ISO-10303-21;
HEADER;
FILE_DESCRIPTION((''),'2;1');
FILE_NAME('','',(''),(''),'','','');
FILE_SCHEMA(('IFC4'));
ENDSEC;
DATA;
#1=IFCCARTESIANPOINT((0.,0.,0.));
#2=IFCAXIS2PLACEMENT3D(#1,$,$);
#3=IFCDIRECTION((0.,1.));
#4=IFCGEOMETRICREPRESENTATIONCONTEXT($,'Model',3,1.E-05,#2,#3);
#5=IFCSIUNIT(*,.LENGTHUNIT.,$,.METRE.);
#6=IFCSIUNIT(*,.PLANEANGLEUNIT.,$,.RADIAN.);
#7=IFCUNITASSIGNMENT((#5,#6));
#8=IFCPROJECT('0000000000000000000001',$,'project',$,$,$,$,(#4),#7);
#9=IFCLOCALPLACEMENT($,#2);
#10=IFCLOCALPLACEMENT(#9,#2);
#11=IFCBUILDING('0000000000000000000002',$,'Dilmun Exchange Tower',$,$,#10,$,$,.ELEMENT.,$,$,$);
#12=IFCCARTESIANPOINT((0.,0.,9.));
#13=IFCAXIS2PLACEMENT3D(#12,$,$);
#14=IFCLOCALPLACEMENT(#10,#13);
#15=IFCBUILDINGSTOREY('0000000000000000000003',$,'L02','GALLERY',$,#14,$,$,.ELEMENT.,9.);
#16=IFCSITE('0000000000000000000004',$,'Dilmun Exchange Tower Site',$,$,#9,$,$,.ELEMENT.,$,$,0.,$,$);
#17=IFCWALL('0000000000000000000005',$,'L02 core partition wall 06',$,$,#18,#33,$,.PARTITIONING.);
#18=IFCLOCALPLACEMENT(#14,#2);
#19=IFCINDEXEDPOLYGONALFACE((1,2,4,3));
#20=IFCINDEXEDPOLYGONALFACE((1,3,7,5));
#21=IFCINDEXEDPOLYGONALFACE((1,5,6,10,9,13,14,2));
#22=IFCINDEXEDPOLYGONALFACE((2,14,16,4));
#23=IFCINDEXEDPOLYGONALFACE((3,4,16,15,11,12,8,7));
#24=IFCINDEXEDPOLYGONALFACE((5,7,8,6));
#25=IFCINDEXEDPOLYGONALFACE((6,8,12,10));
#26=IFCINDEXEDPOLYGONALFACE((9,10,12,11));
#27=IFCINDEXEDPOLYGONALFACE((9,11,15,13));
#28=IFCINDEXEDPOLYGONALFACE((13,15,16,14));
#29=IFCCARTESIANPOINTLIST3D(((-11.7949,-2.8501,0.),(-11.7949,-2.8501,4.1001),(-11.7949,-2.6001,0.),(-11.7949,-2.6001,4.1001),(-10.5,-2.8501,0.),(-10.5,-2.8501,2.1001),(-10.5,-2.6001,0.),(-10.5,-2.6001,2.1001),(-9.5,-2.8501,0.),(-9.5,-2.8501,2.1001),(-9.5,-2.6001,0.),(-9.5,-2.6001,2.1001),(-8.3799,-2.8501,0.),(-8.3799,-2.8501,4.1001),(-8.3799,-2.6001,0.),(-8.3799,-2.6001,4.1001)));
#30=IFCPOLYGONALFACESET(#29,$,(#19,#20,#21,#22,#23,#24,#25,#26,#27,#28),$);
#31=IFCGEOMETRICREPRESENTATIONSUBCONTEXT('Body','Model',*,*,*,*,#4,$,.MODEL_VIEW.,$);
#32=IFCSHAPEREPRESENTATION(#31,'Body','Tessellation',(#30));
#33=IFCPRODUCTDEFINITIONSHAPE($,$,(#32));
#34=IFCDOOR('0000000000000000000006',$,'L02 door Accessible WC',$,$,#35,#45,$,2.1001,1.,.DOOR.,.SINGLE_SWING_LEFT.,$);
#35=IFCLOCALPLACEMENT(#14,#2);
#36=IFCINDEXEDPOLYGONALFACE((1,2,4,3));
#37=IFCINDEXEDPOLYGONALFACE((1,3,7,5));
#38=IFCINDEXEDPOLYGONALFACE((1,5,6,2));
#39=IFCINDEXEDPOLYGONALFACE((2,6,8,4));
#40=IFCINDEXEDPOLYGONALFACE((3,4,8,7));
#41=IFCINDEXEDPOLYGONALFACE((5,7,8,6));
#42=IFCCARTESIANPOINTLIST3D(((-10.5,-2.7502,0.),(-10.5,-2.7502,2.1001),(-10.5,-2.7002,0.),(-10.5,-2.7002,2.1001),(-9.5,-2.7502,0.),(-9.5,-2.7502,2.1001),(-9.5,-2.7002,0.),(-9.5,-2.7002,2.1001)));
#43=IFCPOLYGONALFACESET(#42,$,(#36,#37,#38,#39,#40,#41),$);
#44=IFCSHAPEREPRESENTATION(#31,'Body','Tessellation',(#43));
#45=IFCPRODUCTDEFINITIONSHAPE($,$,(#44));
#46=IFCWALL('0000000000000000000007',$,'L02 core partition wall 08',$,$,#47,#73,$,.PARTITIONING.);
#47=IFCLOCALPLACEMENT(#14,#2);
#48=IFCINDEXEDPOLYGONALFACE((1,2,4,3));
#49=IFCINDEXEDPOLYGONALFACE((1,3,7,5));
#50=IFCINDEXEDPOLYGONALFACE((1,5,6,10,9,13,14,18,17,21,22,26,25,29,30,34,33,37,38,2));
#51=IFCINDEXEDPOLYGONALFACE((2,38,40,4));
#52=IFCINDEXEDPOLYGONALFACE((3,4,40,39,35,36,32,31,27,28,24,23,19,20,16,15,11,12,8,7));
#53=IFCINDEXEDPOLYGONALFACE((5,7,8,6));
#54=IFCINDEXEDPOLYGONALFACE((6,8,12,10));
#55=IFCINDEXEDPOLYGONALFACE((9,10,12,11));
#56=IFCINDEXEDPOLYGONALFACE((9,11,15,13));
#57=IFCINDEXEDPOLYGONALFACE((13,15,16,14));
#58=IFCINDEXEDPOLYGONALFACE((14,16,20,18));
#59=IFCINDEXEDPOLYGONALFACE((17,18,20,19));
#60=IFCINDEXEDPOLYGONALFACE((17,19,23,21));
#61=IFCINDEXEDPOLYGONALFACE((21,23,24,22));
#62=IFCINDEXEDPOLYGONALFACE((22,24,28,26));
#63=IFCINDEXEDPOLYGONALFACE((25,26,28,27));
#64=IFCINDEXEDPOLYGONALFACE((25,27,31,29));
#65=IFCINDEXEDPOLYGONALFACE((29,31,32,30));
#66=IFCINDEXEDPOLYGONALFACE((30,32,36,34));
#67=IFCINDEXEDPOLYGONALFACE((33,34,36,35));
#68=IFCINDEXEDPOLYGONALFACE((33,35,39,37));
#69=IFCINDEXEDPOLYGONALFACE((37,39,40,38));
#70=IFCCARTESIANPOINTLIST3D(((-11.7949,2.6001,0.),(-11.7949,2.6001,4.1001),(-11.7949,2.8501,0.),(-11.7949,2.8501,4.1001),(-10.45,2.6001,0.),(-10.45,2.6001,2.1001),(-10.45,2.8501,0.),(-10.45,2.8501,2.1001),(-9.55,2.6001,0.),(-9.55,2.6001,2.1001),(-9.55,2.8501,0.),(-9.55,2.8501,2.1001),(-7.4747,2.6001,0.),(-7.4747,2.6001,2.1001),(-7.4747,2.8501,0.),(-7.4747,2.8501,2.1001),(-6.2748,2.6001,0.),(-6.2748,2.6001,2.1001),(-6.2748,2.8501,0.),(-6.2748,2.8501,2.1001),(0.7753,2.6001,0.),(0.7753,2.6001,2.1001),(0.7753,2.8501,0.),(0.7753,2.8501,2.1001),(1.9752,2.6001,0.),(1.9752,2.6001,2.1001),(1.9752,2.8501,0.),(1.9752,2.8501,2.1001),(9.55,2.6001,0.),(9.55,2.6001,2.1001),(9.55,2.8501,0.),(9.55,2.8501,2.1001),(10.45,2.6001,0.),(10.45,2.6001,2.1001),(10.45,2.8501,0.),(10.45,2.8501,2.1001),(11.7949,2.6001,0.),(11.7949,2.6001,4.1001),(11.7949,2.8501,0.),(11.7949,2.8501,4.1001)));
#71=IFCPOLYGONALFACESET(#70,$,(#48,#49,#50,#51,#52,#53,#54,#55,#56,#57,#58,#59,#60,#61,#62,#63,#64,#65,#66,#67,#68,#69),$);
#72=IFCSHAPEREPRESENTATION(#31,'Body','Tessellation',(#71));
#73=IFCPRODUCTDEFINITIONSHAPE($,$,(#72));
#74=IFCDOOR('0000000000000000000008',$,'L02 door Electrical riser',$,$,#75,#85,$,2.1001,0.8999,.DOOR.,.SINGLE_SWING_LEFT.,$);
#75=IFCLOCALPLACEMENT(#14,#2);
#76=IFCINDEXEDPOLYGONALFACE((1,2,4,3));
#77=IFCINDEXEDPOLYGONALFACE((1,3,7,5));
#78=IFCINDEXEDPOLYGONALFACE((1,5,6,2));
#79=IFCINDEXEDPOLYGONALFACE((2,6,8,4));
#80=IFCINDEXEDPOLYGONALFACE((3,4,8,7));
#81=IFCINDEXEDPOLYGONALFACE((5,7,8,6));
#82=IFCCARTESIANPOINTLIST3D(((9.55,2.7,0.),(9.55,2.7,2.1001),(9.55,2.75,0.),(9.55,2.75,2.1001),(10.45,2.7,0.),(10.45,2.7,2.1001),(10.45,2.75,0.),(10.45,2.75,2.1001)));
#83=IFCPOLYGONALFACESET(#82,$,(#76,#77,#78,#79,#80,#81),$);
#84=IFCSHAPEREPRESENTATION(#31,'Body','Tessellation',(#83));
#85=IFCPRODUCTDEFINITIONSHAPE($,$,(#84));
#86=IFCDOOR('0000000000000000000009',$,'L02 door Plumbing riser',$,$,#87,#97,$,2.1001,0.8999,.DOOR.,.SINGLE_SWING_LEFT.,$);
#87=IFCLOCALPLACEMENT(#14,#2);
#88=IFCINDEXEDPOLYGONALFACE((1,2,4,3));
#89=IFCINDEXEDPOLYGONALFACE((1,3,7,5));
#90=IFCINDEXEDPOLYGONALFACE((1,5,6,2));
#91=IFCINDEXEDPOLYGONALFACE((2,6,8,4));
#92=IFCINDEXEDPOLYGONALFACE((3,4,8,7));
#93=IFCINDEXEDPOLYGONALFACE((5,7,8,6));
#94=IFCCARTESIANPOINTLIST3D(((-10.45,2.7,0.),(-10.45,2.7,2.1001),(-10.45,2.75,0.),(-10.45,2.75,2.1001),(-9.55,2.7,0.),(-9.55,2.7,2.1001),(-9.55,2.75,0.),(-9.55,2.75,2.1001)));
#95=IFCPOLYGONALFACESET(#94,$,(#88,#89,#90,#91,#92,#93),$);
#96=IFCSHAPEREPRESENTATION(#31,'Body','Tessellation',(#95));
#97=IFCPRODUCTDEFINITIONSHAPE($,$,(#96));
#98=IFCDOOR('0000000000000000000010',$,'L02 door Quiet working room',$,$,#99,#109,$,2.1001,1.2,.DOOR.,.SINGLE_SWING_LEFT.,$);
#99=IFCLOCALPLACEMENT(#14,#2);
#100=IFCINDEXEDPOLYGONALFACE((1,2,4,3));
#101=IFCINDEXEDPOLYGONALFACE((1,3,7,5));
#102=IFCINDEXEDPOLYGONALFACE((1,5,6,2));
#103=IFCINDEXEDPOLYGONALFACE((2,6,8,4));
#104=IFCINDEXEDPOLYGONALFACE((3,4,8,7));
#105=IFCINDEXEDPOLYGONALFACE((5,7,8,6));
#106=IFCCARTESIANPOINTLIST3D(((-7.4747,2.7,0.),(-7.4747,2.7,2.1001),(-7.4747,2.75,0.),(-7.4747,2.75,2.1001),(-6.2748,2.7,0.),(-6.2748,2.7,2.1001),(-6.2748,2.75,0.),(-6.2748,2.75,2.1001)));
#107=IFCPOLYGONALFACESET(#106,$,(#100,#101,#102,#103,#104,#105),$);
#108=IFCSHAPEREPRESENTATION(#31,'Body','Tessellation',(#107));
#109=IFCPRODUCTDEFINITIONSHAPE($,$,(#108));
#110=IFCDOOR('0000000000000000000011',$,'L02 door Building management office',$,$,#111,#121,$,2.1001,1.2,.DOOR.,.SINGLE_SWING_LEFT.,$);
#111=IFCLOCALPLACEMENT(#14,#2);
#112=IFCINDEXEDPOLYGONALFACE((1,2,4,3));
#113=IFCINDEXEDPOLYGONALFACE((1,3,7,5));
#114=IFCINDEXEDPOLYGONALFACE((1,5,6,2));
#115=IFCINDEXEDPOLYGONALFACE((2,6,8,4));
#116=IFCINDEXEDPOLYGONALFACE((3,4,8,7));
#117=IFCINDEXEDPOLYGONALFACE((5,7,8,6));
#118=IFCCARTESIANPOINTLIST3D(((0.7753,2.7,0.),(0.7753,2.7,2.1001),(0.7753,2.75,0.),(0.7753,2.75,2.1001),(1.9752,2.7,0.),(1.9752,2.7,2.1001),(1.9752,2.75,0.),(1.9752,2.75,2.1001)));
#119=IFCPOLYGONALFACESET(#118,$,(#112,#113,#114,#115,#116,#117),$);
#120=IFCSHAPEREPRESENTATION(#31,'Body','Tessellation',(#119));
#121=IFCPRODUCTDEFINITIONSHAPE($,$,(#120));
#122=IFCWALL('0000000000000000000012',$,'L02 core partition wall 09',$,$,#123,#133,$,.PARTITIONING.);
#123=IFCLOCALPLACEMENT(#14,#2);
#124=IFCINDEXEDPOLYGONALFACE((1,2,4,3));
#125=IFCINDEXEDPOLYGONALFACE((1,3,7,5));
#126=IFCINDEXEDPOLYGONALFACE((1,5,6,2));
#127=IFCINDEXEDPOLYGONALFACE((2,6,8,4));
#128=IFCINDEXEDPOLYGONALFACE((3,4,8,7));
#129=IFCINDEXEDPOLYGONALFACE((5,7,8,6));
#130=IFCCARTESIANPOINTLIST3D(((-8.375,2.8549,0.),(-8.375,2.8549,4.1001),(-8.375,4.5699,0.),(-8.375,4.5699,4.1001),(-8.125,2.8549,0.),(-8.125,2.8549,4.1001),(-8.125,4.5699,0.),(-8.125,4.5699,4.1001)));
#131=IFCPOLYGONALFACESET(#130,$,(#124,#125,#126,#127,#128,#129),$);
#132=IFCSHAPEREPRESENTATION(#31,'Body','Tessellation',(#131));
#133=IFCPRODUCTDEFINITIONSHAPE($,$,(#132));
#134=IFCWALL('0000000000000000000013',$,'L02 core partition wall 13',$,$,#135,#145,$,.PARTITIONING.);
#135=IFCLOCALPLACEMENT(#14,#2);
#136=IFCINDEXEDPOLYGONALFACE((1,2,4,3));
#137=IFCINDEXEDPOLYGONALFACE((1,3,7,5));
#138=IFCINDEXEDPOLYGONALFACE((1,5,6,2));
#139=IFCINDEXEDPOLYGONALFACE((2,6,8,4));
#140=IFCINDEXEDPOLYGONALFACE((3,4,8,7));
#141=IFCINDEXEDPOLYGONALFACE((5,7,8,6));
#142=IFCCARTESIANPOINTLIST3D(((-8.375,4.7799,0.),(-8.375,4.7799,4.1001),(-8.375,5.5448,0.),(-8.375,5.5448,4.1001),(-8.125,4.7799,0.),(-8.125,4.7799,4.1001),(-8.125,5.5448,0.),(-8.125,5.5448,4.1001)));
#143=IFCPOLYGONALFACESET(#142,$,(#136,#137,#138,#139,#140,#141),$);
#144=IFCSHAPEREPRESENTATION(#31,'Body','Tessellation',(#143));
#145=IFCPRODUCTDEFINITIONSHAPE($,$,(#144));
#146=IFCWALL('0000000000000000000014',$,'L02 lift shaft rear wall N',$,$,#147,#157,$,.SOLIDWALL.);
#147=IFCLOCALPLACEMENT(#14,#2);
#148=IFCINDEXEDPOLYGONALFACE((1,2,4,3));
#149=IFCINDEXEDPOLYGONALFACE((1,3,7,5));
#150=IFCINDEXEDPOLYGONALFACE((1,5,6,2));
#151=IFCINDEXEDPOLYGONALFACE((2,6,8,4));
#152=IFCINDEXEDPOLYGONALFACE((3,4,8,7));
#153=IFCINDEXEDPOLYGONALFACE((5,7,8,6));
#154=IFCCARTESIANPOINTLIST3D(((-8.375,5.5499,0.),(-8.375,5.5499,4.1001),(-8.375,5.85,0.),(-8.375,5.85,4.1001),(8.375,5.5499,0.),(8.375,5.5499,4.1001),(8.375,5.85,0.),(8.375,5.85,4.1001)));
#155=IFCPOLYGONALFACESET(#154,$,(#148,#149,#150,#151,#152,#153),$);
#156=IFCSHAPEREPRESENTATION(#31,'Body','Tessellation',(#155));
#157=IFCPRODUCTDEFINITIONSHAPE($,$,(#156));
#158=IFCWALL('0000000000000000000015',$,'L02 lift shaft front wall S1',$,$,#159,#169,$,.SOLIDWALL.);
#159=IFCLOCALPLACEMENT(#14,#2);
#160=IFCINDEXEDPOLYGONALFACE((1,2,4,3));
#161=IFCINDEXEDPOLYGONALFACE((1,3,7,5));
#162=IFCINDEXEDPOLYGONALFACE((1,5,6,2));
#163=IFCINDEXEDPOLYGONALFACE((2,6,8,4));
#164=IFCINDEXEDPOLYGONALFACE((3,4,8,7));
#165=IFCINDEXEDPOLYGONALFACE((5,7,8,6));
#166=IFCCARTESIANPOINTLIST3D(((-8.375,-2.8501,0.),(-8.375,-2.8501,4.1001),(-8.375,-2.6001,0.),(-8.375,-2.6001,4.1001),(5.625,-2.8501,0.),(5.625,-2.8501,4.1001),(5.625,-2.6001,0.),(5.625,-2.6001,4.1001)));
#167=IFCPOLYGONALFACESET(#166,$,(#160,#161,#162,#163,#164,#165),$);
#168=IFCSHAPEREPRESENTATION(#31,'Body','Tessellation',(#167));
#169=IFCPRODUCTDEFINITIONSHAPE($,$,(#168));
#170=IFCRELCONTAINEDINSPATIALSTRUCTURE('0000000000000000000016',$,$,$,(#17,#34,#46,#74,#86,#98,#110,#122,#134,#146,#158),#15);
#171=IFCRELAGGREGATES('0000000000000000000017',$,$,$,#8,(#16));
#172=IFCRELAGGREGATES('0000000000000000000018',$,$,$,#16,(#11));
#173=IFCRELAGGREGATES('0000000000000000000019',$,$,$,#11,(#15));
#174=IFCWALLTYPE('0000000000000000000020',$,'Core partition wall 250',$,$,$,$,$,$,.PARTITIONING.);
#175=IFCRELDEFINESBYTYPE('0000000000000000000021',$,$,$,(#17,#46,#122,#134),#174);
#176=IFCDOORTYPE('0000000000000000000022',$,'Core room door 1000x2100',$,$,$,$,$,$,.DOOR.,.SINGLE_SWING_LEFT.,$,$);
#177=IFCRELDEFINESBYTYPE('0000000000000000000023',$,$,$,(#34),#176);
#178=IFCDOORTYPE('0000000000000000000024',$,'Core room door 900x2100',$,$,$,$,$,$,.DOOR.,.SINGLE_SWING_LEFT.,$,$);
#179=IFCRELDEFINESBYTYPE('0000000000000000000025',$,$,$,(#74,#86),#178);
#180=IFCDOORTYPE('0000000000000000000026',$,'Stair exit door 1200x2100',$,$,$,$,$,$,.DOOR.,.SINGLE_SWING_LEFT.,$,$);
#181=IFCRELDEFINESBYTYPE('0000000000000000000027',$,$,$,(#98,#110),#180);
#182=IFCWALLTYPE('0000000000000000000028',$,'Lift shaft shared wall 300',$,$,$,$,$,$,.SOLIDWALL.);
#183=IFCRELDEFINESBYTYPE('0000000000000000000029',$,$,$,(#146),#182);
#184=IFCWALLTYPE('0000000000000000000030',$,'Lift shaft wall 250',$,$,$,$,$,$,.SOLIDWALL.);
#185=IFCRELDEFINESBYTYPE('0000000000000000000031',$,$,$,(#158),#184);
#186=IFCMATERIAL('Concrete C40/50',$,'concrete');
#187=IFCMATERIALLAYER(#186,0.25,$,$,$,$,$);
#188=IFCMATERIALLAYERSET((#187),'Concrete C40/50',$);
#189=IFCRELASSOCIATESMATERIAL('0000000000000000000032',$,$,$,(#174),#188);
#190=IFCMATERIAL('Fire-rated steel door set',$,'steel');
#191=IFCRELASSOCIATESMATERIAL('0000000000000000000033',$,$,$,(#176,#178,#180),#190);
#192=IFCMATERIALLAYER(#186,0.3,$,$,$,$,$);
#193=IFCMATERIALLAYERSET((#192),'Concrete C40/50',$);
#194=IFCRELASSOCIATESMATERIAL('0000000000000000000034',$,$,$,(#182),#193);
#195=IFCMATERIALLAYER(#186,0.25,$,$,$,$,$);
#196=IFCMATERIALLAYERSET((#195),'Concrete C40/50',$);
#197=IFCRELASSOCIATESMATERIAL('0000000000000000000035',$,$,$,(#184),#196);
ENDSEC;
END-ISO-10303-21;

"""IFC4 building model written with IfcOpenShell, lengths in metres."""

from ifc_helpers import new_model, si_unit, direction, frame, frame_2d, origin, place, context, subcontext, project, spatial, rectangle, extrude, material, layer, layer_set, type_object, element, fill, save


model = new_model("IFC4")

# Units and contexts
model_context = context("Model", 3, precision=1e-05, world=origin(), true_north=direction((0.0, 1.0)))
body_context = subcontext(model_context, "Body", "Model", "MODEL_VIEW")
ifc_project = project(units=[si_unit("LENGTHUNIT", "METRE"), si_unit("PLANEANGLEUNIT", "RADIAN")], contexts=[model_context])

# Site, building, storey
site_placement = place(None, origin())
site = spatial("IfcSite", under=ifc_project, at=site_placement, Name="Dilmun Exchange Tower Site", CompositionType="ELEMENT", RefElevation=0.0)
building_placement = place(site_placement, origin())
building = spatial("IfcBuilding", under=site, at=building_placement, Name="Dilmun Exchange Tower", CompositionType="ELEMENT")
storey_placement = place(building_placement, frame((0.0, 0.0, 9.0)))
storey = spatial("IfcBuildingStorey", under=building, at=storey_placement, Name="L02", Description="GALLERY", CompositionType="ELEMENT", Elevation=9.0)

# Shared definitions
ifc_material_1 = material(Name="Concrete C40/50", Category="concrete")

# Wall, opening, door
ifc_layer_1 = layer(ifc_material_1, 0.25)
ifc_layer_set_1 = layer_set([ifc_layer_1], Name="Concrete C40/50")
wall_type_1 = type_object("IfcWallType", Name="Core partition wall 250", PredefinedType="PARTITIONING", material=ifc_layer_set_1)
wall_1_placement = place(storey_placement, frame((-11.7949, -2.7251, 0.0), z_axis=(0.0, 0.0, 1.0), x_axis=(1.0, 0.0, 0.0)))
wall_1 = element("IfcWall", 1, at=wall_1_placement, inside=storey, type_object=wall_type_1, Name="L02 core partition wall 06", PredefinedType="PARTITIONING", context=body_context, shape_type="SweptSolid", body=[
    extrude(rectangle(XDim=3.415, YDim=0.25, at=frame_2d((1.7075, 0.0))), origin(), (0.0, 0.0, 1.0), 4.1001),
])
opening_1_placement = place(wall_1_placement, frame((1.2949, 0.0, 0.0)))
opening_1 = element("IfcOpeningElement", 2, at=opening_1_placement, cuts=wall_1, PredefinedType="OPENING", context=body_context, shape_type="SweptSolid", body=[
    extrude(rectangle(XDim=1.0, YDim=2.1001, at=frame_2d((0.5, 1.05))), frame((0.0, 0.135, 0.0), z_axis=(0.0, -1.0, 0.0), x_axis=(1.0, 0.0, 0.0)), (0.0, 0.0, 1.0), 0.27),
])
ifc_material_2 = material(Name="Fire-rated steel door set", Category="steel")
door_type_1 = type_object("IfcDoorType", Name="Core room door 1000x2100", OperationType="SINGLE_SWING_LEFT", PredefinedType="DOOR", material=ifc_material_2)
door_1_placement = place(opening_1_placement, origin())
door_1 = element("IfcDoor", 3, at=door_1_placement, inside=storey, type_object=door_type_1, Name="L02 door Accessible WC", OperationType="SINGLE_SWING_LEFT", OverallHeight=2.1001, OverallWidth=1.0, PredefinedType="DOOR", context=body_context, shape_type="SweptSolid", body=[
    extrude(rectangle(XDim=1.0, YDim=2.1001, at=frame_2d((0.5, 1.05))), frame((0.0, 0.0249, 0.0), z_axis=(0.0, -1.0, 0.0), x_axis=(1.0, 0.0, 0.0)), (0.0, 0.0, 1.0), 0.05),
])
fill(opening_1, door_1)

# Wall, openings, doors
wall_2_placement = place(storey_placement, frame((-11.7949, 2.7251, 0.0), z_axis=(0.0, 0.0, 1.0), x_axis=(1.0, 0.0, 0.0)))
wall_2 = element("IfcWall", 4, at=wall_2_placement, inside=storey, type_object=wall_type_1, Name="L02 core partition wall 08", PredefinedType="PARTITIONING", context=body_context, shape_type="SweptSolid", body=[
    extrude(rectangle(XDim=23.5898, YDim=0.25, at=frame_2d((11.7949, 0.0))), origin(), (0.0, 0.0, 1.0), 4.1001),
])
opening_2_placement = place(wall_2_placement, frame((21.345, 0.0, 0.0)))
opening_2 = element("IfcOpeningElement", 5, at=opening_2_placement, cuts=wall_2, PredefinedType="OPENING", context=body_context, shape_type="SweptSolid", body=[
    extrude(rectangle(XDim=0.8999, YDim=2.1001, at=frame_2d((0.45, 1.05))), frame((0.0, 0.135, 0.0), z_axis=(0.0, -1.0, 0.0), x_axis=(1.0, 0.0, 0.0)), (0.0, 0.0, 1.0), 0.27),
])
opening_3_placement = place(wall_2_placement, frame((1.345, 0.0, 0.0)))
opening_3 = element("IfcOpeningElement", 6, at=opening_3_placement, cuts=wall_2, PredefinedType="OPENING", context=body_context, shape_type="SweptSolid", body=[
    extrude(rectangle(XDim=0.8999, YDim=2.1001, at=frame_2d((0.45, 1.05))), frame((0.0, 0.135, 0.0), z_axis=(0.0, -1.0, 0.0), x_axis=(1.0, 0.0, 0.0)), (0.0, 0.0, 1.0), 0.27),
])
opening_4_placement = place(wall_2_placement, frame((4.3201, 0.0, 0.0)))
opening_4 = element("IfcOpeningElement", 7, at=opening_4_placement, cuts=wall_2, PredefinedType="OPENING", context=body_context, shape_type="SweptSolid", body=[
    extrude(rectangle(XDim=1.2, YDim=2.1001, at=frame_2d((0.6001, 1.05))), frame((0.0, 0.135, 0.0), z_axis=(0.0, -1.0, 0.0), x_axis=(1.0, 0.0, 0.0)), (0.0, 0.0, 1.0), 0.27),
])
opening_5_placement = place(wall_2_placement, frame((12.5701, 0.0, 0.0)))
opening_5 = element("IfcOpeningElement", 8, at=opening_5_placement, cuts=wall_2, PredefinedType="OPENING", context=body_context, shape_type="SweptSolid", body=[
    extrude(rectangle(XDim=1.2, YDim=2.1001, at=frame_2d((0.6001, 1.05))), frame((0.0, 0.135, 0.0), z_axis=(0.0, -1.0, 0.0), x_axis=(1.0, 0.0, 0.0)), (0.0, 0.0, 1.0), 0.27),
])
door_type_2 = type_object("IfcDoorType", Name="Core room door 900x2100", OperationType="SINGLE_SWING_LEFT", PredefinedType="DOOR", material=ifc_material_2)
door_2_placement = place(opening_2_placement, origin())
door_2 = element("IfcDoor", 9, at=door_2_placement, inside=storey, type_object=door_type_2, Name="L02 door Electrical riser", OperationType="SINGLE_SWING_LEFT", OverallHeight=2.1001, OverallWidth=0.8999, PredefinedType="DOOR", context=body_context, shape_type="SweptSolid", body=[
    extrude(rectangle(XDim=0.8999, YDim=2.1001, at=frame_2d((0.45, 1.05))), frame((0.0, 0.0249, 0.0), z_axis=(0.0, -1.0, 0.0), x_axis=(1.0, 0.0, 0.0)), (0.0, 0.0, 1.0), 0.05),
])
fill(opening_2, door_2)
door_3_placement = place(opening_3_placement, origin())
door_3 = element("IfcDoor", 10, at=door_3_placement, inside=storey, type_object=door_type_2, Name="L02 door Plumbing riser", OperationType="SINGLE_SWING_LEFT", OverallHeight=2.1001, OverallWidth=0.8999, PredefinedType="DOOR", context=body_context, shape_type="SweptSolid", body=[
    extrude(rectangle(XDim=0.8999, YDim=2.1001, at=frame_2d((0.45, 1.05))), frame((0.0, 0.0249, 0.0), z_axis=(0.0, -1.0, 0.0), x_axis=(1.0, 0.0, 0.0)), (0.0, 0.0, 1.0), 0.05),
])
fill(opening_3, door_3)
door_type_3 = type_object("IfcDoorType", Name="Stair exit door 1200x2100", OperationType="SINGLE_SWING_LEFT", PredefinedType="DOOR", material=ifc_material_2)
door_4_placement = place(opening_4_placement, origin())
door_4 = element("IfcDoor", 11, at=door_4_placement, inside=storey, type_object=door_type_3, Name="L02 door Quiet working room", OperationType="SINGLE_SWING_LEFT", OverallHeight=2.1001, OverallWidth=1.2, PredefinedType="DOOR", context=body_context, shape_type="SweptSolid", body=[
    extrude(rectangle(XDim=1.2, YDim=2.1001, at=frame_2d((0.6001, 1.05))), frame((0.0, 0.0249, 0.0), z_axis=(0.0, -1.0, 0.0), x_axis=(1.0, 0.0, 0.0)), (0.0, 0.0, 1.0), 0.05),
])
fill(opening_4, door_4)
door_5_placement = place(opening_5_placement, origin())
door_5 = element("IfcDoor", 12, at=door_5_placement, inside=storey, type_object=door_type_3, Name="L02 door Building management office", OperationType="SINGLE_SWING_LEFT", OverallHeight=2.1001, OverallWidth=1.2, PredefinedType="DOOR", context=body_context, shape_type="SweptSolid", body=[
    extrude(rectangle(XDim=1.2, YDim=2.1001, at=frame_2d((0.6001, 1.05))), frame((0.0, 0.0249, 0.0), z_axis=(0.0, -1.0, 0.0), x_axis=(1.0, 0.0, 0.0)), (0.0, 0.0, 1.0), 0.05),
])
fill(opening_5, door_5)

# Walls
wall_3_placement = place(storey_placement, frame((-8.25, 2.855, 0.0), z_axis=(0.0, 0.0, 1.0), x_axis=(0.0, 1.0, 0.0)))
element("IfcWall", 13, at=wall_3_placement, inside=storey, type_object=wall_type_1, Name="L02 core partition wall 09", PredefinedType="PARTITIONING", context=body_context, shape_type="SweptSolid", body=[
    extrude(rectangle(XDim=1.7151, YDim=0.25, at=frame_2d((0.8574, 0.0))), origin(), (0.0, 0.0, 1.0), 4.1001),
])
wall_4_placement = place(storey_placement, frame((-8.25, 4.78, 0.0), z_axis=(0.0, 0.0, 1.0), x_axis=(0.0, 1.0, 0.0)))
element("IfcWall", 14, at=wall_4_placement, inside=storey, type_object=wall_type_1, Name="L02 core partition wall 13", PredefinedType="PARTITIONING", context=body_context, shape_type="SweptSolid", body=[
    extrude(rectangle(XDim=0.7649, YDim=0.25, at=frame_2d((0.3823, 0.0))), origin(), (0.0, 0.0, 1.0), 4.1001),
])
ifc_layer_2 = layer(ifc_material_1, 0.3)
ifc_layer_set_2 = layer_set([ifc_layer_2], Name="Concrete C40/50")
wall_type_2 = type_object("IfcWallType", Name="Lift shaft shared wall 300", PredefinedType="SOLIDWALL", material=ifc_layer_set_2)
wall_5_placement = place(storey_placement, frame((-8.375, 5.7, 0.0), z_axis=(0.0, 0.0, 1.0), x_axis=(1.0, 0.0, 0.0)))
element("IfcWall", 15, at=wall_5_placement, inside=storey, type_object=wall_type_2, Name="L02 lift shaft rear wall N", PredefinedType="SOLIDWALL", context=body_context, shape_type="SweptSolid", body=[
    extrude(rectangle(XDim=16.75, YDim=0.3, at=frame_2d((8.375, 0.0))), origin(), (0.0, 0.0, 1.0), 4.1001),
])
ifc_layer_3 = layer(ifc_material_1, 0.25)
ifc_layer_set_3 = layer_set([ifc_layer_3], Name="Concrete C40/50")
wall_type_3 = type_object("IfcWallType", Name="Lift shaft wall 250", PredefinedType="SOLIDWALL", material=ifc_layer_set_3)
wall_6_placement = place(storey_placement, frame((-8.375, -2.7251, 0.0), z_axis=(0.0, 0.0, 1.0), x_axis=(1.0, 0.0, 0.0)))
element("IfcWall", 16, at=wall_6_placement, inside=storey, type_object=wall_type_3, Name="L02 lift shaft front wall S1", PredefinedType="SOLIDWALL", context=body_context, shape_type="SweptSolid", body=[
    extrude(rectangle(XDim=14.0, YDim=0.25, at=frame_2d((7.0, 0.0))), origin(), (0.0, 0.0, 1.0), 4.1001),
])

save(model, "model.ifc")
